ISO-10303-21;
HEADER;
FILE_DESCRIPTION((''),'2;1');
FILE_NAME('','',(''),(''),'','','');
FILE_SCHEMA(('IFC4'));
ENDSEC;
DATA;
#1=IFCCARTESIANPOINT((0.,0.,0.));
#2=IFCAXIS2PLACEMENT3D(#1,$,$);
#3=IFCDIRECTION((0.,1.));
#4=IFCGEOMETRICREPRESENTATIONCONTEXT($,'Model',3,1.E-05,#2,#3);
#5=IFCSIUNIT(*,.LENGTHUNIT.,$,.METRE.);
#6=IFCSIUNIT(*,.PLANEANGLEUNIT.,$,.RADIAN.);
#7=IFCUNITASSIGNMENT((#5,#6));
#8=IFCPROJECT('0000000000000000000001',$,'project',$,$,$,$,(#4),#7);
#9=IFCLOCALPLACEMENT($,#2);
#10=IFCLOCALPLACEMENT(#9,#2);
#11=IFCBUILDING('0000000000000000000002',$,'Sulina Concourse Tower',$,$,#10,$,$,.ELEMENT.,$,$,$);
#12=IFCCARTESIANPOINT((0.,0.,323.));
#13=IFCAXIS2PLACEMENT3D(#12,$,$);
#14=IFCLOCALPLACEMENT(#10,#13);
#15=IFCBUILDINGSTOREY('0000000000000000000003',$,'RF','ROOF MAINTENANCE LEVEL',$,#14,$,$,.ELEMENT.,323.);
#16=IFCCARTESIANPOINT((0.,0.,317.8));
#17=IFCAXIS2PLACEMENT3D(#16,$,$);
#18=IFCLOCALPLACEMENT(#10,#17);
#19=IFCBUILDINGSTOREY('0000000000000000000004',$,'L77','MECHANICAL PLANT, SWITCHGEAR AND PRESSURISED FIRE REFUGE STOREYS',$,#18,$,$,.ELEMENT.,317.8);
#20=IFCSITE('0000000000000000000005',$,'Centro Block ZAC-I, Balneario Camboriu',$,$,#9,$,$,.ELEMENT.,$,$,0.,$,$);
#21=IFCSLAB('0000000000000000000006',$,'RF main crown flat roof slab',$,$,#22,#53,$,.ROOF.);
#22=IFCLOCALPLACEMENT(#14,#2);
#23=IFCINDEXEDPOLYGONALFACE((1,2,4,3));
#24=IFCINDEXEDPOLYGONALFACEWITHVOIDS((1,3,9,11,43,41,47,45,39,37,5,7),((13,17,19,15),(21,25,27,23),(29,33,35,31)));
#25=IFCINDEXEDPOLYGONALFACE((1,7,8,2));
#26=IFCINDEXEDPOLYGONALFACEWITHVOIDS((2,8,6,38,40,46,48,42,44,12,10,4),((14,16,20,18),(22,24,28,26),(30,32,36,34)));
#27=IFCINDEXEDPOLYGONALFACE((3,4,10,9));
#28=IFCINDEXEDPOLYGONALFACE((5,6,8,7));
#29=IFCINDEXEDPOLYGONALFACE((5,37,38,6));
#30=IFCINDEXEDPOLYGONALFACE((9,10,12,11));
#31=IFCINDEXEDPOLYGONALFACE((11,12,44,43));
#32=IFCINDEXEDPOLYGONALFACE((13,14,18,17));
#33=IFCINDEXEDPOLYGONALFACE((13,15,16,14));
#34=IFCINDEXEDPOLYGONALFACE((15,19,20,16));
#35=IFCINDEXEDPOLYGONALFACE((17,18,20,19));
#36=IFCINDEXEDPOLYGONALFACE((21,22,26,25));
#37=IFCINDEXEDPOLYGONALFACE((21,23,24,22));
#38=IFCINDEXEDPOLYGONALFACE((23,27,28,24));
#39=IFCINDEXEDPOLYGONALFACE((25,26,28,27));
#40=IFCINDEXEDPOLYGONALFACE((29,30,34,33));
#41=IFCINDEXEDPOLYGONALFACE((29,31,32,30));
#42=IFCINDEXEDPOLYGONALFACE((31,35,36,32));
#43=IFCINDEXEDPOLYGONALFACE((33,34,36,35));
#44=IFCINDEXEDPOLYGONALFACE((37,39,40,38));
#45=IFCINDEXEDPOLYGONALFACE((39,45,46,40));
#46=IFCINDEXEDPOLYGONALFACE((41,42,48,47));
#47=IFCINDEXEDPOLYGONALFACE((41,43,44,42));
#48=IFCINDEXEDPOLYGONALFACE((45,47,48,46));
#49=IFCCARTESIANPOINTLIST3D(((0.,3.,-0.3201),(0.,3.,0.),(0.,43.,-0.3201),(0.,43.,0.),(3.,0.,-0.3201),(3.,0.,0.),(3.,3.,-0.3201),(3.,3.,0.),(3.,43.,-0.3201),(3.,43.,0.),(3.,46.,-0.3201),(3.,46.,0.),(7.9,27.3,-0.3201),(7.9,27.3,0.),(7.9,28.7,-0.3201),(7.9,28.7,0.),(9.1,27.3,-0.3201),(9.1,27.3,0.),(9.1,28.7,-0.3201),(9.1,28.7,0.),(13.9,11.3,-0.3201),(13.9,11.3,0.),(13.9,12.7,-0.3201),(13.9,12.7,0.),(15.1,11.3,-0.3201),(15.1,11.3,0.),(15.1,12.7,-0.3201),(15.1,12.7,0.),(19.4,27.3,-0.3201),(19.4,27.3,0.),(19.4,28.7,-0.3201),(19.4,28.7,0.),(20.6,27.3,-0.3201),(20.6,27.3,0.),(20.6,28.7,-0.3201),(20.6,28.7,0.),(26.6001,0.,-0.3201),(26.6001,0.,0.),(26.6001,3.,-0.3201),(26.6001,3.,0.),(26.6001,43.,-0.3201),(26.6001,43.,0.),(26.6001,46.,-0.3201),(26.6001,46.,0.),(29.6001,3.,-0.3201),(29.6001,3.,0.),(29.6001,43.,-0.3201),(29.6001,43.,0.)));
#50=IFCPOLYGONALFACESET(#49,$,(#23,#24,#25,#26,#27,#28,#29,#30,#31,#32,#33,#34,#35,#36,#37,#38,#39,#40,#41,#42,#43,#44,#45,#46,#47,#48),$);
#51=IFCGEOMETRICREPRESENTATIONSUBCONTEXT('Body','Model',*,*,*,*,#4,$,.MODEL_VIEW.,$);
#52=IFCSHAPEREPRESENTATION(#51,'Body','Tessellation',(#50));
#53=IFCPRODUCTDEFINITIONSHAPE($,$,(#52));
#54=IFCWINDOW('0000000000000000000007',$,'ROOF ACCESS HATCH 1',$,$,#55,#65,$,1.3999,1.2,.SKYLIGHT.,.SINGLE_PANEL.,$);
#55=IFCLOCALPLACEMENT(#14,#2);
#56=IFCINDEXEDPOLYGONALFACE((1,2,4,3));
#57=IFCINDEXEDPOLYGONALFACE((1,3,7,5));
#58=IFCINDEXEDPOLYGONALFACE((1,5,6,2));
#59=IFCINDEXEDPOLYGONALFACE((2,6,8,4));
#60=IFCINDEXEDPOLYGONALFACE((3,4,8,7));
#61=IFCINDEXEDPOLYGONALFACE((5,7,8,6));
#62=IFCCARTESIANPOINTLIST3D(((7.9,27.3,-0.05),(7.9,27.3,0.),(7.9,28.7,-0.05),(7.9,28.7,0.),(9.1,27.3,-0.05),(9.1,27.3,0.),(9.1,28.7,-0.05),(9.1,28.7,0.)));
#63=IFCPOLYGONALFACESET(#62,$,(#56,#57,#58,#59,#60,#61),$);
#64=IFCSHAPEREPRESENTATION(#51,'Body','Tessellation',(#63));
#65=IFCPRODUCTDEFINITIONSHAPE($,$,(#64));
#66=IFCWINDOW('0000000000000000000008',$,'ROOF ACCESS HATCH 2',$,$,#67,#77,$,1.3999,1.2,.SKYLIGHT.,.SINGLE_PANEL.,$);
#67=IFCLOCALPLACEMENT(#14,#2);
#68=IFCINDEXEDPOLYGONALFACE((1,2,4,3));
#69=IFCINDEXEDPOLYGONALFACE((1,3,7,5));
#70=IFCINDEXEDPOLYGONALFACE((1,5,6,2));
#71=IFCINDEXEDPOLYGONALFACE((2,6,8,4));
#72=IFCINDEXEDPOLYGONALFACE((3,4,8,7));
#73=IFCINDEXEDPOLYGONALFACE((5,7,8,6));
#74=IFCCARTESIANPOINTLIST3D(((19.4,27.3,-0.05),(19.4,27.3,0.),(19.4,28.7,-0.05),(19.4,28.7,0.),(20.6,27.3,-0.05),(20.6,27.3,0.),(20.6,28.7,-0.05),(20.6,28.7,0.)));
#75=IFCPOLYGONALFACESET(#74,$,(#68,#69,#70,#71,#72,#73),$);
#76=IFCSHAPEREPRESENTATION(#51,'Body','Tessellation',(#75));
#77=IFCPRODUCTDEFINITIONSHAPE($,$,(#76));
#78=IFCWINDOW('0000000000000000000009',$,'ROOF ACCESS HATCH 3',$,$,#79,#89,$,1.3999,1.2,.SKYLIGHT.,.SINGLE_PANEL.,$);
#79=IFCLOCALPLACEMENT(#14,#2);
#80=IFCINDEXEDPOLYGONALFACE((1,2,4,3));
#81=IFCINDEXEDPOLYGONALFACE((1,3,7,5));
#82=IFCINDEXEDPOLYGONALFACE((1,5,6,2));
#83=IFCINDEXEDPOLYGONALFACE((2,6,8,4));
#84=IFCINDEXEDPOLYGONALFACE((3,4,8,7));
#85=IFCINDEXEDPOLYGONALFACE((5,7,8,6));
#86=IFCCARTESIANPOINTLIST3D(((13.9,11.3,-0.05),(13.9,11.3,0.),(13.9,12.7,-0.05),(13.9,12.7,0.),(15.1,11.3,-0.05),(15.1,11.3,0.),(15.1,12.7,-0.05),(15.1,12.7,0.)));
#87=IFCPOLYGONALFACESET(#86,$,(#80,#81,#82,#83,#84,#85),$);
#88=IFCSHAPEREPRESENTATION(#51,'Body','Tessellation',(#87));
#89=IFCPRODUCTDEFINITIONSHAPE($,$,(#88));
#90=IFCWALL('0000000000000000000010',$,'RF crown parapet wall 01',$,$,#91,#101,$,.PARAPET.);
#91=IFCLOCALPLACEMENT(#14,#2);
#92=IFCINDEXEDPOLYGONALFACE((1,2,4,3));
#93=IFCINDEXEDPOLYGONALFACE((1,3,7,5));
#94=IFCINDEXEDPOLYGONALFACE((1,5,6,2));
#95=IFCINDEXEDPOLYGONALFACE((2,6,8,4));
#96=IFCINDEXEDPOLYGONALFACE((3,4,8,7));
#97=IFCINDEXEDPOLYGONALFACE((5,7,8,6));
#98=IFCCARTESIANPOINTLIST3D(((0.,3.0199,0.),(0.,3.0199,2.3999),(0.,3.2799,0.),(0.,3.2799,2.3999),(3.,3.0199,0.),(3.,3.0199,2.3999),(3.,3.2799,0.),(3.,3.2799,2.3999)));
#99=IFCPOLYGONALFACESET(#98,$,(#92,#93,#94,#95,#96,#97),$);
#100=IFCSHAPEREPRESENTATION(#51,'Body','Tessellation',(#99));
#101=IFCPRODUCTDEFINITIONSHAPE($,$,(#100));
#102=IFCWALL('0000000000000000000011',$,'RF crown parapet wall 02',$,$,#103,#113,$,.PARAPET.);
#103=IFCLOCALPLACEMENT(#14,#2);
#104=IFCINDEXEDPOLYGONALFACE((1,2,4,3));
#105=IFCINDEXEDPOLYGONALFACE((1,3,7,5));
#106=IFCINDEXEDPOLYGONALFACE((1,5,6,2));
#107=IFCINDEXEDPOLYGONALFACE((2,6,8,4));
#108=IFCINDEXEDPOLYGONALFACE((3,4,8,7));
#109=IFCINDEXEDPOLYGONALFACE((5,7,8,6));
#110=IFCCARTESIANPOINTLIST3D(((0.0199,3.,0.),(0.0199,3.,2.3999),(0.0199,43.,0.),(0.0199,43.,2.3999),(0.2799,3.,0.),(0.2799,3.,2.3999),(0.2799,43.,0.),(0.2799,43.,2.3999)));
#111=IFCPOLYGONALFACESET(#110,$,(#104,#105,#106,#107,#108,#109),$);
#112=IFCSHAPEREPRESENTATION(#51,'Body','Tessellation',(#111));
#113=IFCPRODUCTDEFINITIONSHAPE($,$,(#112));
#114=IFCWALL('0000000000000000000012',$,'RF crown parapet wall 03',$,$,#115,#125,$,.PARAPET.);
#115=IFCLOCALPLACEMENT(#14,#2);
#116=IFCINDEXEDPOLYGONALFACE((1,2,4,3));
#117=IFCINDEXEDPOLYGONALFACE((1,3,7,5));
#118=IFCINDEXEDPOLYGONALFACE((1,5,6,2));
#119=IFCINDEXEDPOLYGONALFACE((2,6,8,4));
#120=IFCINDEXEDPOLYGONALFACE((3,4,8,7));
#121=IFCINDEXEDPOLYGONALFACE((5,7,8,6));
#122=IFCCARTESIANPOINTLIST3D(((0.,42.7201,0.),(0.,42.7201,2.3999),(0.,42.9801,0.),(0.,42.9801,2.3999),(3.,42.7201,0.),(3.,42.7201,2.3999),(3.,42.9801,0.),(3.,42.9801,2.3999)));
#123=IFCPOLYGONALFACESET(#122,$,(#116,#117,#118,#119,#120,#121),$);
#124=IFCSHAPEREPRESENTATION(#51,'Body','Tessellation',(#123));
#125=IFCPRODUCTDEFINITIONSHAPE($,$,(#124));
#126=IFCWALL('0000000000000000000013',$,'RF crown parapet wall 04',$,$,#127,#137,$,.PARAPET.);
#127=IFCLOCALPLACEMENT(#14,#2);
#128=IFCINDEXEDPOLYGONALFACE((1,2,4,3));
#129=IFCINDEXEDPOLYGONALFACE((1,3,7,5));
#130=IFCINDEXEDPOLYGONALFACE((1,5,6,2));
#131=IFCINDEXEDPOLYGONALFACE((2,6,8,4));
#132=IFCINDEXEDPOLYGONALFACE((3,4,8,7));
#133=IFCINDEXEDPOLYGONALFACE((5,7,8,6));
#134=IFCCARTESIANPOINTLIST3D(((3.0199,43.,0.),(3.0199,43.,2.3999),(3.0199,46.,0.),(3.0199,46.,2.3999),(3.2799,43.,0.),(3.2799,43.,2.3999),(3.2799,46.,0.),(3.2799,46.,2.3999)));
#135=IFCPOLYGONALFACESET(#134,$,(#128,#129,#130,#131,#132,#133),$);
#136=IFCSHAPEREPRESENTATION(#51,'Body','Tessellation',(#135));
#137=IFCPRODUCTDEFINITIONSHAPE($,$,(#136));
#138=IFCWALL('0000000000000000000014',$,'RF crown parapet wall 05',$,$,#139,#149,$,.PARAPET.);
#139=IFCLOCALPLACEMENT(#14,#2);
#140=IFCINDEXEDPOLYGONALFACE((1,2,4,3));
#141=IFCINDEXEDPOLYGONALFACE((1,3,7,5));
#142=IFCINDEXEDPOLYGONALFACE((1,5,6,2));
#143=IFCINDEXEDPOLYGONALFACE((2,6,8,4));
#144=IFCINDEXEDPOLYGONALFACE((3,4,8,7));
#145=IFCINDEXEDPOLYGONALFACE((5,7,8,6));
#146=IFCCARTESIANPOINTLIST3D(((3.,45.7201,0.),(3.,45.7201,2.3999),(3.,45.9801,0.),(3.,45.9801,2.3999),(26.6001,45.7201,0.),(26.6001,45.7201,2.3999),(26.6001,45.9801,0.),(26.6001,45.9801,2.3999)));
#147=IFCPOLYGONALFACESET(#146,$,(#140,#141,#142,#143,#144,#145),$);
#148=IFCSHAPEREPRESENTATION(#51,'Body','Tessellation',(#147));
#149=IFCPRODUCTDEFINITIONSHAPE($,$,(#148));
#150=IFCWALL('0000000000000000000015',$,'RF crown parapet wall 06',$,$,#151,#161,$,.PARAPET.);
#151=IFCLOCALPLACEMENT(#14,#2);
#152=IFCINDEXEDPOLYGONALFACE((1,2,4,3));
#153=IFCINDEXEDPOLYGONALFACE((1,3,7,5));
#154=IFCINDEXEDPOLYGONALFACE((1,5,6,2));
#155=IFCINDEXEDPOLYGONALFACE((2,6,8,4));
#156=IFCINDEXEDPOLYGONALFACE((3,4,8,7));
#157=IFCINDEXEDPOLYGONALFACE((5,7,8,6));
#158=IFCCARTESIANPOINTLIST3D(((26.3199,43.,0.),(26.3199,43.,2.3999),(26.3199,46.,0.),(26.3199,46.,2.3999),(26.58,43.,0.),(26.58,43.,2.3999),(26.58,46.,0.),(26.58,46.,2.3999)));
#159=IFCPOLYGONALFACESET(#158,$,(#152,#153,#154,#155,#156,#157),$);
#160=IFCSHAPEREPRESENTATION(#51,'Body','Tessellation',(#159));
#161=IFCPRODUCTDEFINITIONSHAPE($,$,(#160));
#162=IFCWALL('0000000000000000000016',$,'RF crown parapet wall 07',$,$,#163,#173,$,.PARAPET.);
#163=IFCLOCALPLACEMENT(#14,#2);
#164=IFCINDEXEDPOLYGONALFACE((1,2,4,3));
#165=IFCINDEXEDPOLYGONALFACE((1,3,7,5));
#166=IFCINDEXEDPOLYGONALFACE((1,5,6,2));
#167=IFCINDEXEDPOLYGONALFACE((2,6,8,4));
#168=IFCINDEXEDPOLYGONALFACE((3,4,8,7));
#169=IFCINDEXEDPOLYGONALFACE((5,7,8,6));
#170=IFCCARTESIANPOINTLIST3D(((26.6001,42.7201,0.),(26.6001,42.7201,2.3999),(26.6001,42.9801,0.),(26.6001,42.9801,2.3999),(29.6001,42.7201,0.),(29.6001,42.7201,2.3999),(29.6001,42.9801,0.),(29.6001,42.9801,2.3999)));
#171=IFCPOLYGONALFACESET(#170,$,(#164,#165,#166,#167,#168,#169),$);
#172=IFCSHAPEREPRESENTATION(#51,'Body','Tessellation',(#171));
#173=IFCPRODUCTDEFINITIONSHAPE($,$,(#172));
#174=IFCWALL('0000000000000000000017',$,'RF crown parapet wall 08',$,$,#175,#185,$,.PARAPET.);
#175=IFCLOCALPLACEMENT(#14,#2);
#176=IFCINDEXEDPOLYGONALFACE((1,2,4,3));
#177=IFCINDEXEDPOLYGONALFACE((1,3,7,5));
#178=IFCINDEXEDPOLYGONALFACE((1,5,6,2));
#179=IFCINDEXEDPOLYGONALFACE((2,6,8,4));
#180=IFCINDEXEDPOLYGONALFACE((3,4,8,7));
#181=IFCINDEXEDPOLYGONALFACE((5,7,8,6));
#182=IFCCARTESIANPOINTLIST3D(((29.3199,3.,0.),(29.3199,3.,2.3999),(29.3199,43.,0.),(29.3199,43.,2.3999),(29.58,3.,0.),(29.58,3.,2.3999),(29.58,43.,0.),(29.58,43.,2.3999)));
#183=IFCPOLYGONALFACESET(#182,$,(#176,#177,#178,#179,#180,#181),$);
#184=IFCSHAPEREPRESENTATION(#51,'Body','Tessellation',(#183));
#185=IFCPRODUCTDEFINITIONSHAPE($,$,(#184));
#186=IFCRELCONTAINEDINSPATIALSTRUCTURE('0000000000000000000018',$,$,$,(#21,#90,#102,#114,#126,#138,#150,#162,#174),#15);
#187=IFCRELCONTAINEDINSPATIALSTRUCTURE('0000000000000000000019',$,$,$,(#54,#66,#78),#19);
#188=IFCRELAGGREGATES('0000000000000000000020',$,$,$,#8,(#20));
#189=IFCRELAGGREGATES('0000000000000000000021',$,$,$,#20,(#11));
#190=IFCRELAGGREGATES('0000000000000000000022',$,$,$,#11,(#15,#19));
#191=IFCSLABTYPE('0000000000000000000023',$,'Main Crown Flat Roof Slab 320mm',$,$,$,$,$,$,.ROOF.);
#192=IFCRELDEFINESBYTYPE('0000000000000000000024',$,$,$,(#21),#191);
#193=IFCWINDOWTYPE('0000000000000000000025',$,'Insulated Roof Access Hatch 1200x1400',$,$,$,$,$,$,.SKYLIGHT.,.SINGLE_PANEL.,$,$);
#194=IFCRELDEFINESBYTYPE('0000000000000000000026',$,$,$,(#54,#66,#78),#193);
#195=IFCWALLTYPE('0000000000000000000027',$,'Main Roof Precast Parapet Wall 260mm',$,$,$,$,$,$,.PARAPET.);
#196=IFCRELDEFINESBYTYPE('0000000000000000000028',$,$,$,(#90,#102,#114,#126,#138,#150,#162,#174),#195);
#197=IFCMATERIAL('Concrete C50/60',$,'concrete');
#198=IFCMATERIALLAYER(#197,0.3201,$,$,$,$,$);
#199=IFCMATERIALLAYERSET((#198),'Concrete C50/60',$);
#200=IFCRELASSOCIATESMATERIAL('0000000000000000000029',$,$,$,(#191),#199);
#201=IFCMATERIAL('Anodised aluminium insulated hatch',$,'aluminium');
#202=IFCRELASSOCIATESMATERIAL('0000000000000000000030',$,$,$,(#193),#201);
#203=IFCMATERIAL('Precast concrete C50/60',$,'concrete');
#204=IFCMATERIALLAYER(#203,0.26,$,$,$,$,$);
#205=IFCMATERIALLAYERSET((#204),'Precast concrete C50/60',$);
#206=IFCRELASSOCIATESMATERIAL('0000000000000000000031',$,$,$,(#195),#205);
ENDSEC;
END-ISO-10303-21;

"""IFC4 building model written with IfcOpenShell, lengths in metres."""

from ifc_helpers import new_model, si_unit, direction, frame, frame_2d, origin, origin_2d, place, context, subcontext, project, spatial, polyline, rectangle, outline, extrude, material, layer, layer_set, type_object, element, fill, save


model = new_model("IFC4")

# Units and contexts
model_context = context("Model", 3, precision=1e-05, world=origin(), true_north=direction((0.0, 1.0)))
body_context = subcontext(model_context, "Body", "Model", "MODEL_VIEW")
ifc_project = project(units=[si_unit("LENGTHUNIT", "METRE"), si_unit("PLANEANGLEUNIT", "RADIAN")], contexts=[model_context])

# Site, building, storey
site_placement = place(None, origin())
site = spatial("IfcSite", under=ifc_project, at=site_placement, Name="Centro Block ZAC-I, Balneario Camboriu", CompositionType="ELEMENT", RefElevation=0.0)
building_placement = place(site_placement, origin())
building = spatial("IfcBuilding", under=site, at=building_placement, Name="Sulina Concourse Tower", CompositionType="ELEMENT")
storey_1_placement = place(building_placement, frame((0.0, 0.0, 323.0)))
storey_1 = spatial("IfcBuildingStorey", under=building, at=storey_1_placement, Name="RF", Description="ROOF MAINTENANCE LEVEL", CompositionType="ELEMENT", Elevation=323.0)

# Slab, openings
ifc_material_1 = material(Name="Concrete C50/60", Category="concrete")
ifc_layer_1 = layer(ifc_material_1, 0.3201)
ifc_layer_set_1 = layer_set([ifc_layer_1], Name="Concrete C50/60")
slab_type = type_object("IfcSlabType", Name="Main Crown Flat Roof Slab 320mm", PredefinedType="ROOF", material=ifc_layer_set_1)
slab_placement = place(storey_1_placement, frame((0.0, 0.0, -0.3201)))
slab = element("IfcSlab", 1, at=slab_placement, inside=storey_1, type_object=slab_type, Name="RF main crown flat roof slab", PredefinedType="ROOF", context=body_context, shape_type="SweptSolid", body=[
    extrude(outline(polyline([(3.0, 0.0), (26.6001, 0.0), (26.6001, 3.0), (29.6001, 3.0), (29.6001, 43.0), (26.6001, 43.0), (26.6001, 46.0), (3.0, 46.0), (3.0, 43.0), (0.0, 43.0), (0.0, 3.0), (3.0, 3.0), (3.0, 0.0)])), origin(), (0.0, 0.0, 1.0), 0.3201),
])
opening_1_placement = place(slab_placement, frame((8.5, 28.0, 0.0)))
opening_1 = element("IfcOpeningElement", 2, at=opening_1_placement, cuts=slab, PredefinedType="OPENING", context=body_context, shape_type="SweptSolid", body=[
    extrude(rectangle(XDim=1.2, YDim=1.3999, at=origin_2d()), origin(), (0.0, 0.0, 1.0), 0.3201),
])
opening_2_placement = place(slab_placement, frame((20.0, 28.0, 0.0)))
opening_2 = element("IfcOpeningElement", 3, at=opening_2_placement, cuts=slab, PredefinedType="OPENING", context=body_context, shape_type="SweptSolid", body=[
    extrude(rectangle(XDim=1.2, YDim=1.3999, at=origin_2d()), origin(), (0.0, 0.0, 1.0), 0.3201),
])
opening_3_placement = place(slab_placement, frame((14.5, 12.0, 0.0)))
opening_3 = element("IfcOpeningElement", 4, at=opening_3_placement, cuts=slab, PredefinedType="OPENING", context=body_context, shape_type="SweptSolid", body=[
    extrude(rectangle(XDim=1.2, YDim=1.3999, at=origin_2d()), origin(), (0.0, 0.0, 1.0), 0.3201),
])

# Shared definitions
storey_2_placement = place(building_placement, frame((0.0, 0.0, 317.8)))
storey_2 = spatial("IfcBuildingStorey", under=building, at=storey_2_placement, Name="L77", Description="MECHANICAL PLANT, SWITCHGEAR AND PRESSURISED FIRE REFUGE STOREYS", CompositionType="ELEMENT", Elevation=317.8)

# Windows
ifc_material_2 = material(Name="Anodised aluminium insulated hatch", Category="aluminium")
window_type = type_object("IfcWindowType", Name="Insulated Roof Access Hatch 1200x1400", PartitioningType="SINGLE_PANEL", PredefinedType="SKYLIGHT", material=ifc_material_2)
window_1_placement = place(opening_1_placement, frame((0.0, 0.0, 0.27)))
window_1 = element("IfcWindow", 5, at=window_1_placement, inside=storey_2, type_object=window_type, Name="ROOF ACCESS HATCH 1", OverallHeight=1.3999, OverallWidth=1.2, PartitioningType="SINGLE_PANEL", PredefinedType="SKYLIGHT", context=body_context, shape_type="SweptSolid", body=[
    extrude(rectangle(XDim=1.2, YDim=1.3999, at=origin_2d()), origin(), (0.0, 0.0, 1.0), 0.05),
])
fill(opening_1, window_1)
window_2_placement = place(opening_2_placement, frame((0.0, 0.0, 0.27)))
window_2 = element("IfcWindow", 6, at=window_2_placement, inside=storey_2, type_object=window_type, Name="ROOF ACCESS HATCH 2", OverallHeight=1.3999, OverallWidth=1.2, PartitioningType="SINGLE_PANEL", PredefinedType="SKYLIGHT", context=body_context, shape_type="SweptSolid", body=[
    extrude(rectangle(XDim=1.2, YDim=1.3999, at=origin_2d()), origin(), (0.0, 0.0, 1.0), 0.05),
])
fill(opening_2, window_2)
window_3_placement = place(opening_3_placement, frame((0.0, 0.0, 0.27)))
window_3 = element("IfcWindow", 7, at=window_3_placement, inside=storey_2, type_object=window_type, Name="ROOF ACCESS HATCH 3", OverallHeight=1.3999, OverallWidth=1.2, PartitioningType="SINGLE_PANEL", PredefinedType="SKYLIGHT", context=body_context, shape_type="SweptSolid", body=[
    extrude(rectangle(XDim=1.2, YDim=1.3999, at=origin_2d()), origin(), (0.0, 0.0, 1.0), 0.05),
])
fill(opening_3, window_3)

# Walls
ifc_material_3 = material(Name="Precast concrete C50/60", Category="concrete")
ifc_layer_2 = layer(ifc_material_3, 0.26)
ifc_layer_set_2 = layer_set([ifc_layer_2], Name="Precast concrete C50/60")
wall_type = type_object("IfcWallType", Name="Main Roof Precast Parapet Wall 260mm", PredefinedType="PARAPET", material=ifc_layer_set_2)
wall_1_placement = place(storey_1_placement, frame((3.0, 3.1499, 0.0), z_axis=(0.0, 0.0, 1.0), x_axis=(-1.0, 0.0, 0.0)))
element("IfcWall", 8, at=wall_1_placement, inside=storey_1, type_object=wall_type, Name="RF crown parapet wall 01", PredefinedType="PARAPET", context=body_context, shape_type="SweptSolid", body=[
    extrude(rectangle(XDim=3.0, YDim=0.26, at=frame_2d((1.5, 0.0))), origin(), (0.0, 0.0, 1.0), 2.3999),
])
wall_2_placement = place(storey_1_placement, frame((0.1499, 3.0, 0.0), z_axis=(0.0, 0.0, 1.0), x_axis=(0.0, 1.0, 0.0)))
element("IfcWall", 9, at=wall_2_placement, inside=storey_1, type_object=wall_type, Name="RF crown parapet wall 02", PredefinedType="PARAPET", context=body_context, shape_type="SweptSolid", body=[
    extrude(rectangle(XDim=40.0, YDim=0.26, at=frame_2d((20.0, 0.0))), origin(), (0.0, 0.0, 1.0), 2.3999),
])
for number, where, z_axis, x_axis, name in (
    (10, (0.0, 42.8501, 0.0), (0.0, 0.0, 1.0), (1.0, 0.0, 0.0), "RF crown parapet wall 03"),
    (11, (3.1499, 43.0, 0.0), (0.0, 0.0, 1.0), (0.0, 1.0, 0.0), "RF crown parapet wall 04"),
):
    element("IfcWall", number, at=place(storey_1_placement, frame(where, z_axis=z_axis, x_axis=x_axis)), inside=storey_1, type_object=wall_type, Name=name, PredefinedType="PARAPET", context=body_context, shape_type="SweptSolid", body=[
        extrude(rectangle(XDim=3.0, YDim=0.26, at=frame_2d((1.5, 0.0))), origin(), (0.0, 0.0, 1.0), 2.3999),
    ])
wall_3_placement = place(storey_1_placement, frame((3.0, 45.8501, 0.0), z_axis=(0.0, 0.0, 1.0), x_axis=(1.0, 0.0, 0.0)))
element("IfcWall", 12, at=wall_3_placement, inside=storey_1, type_object=wall_type, Name="RF crown parapet wall 05", PredefinedType="PARAPET", context=body_context, shape_type="SweptSolid", body=[
    extrude(rectangle(XDim=23.6001, YDim=0.26, at=frame_2d((11.8, 0.0))), origin(), (0.0, 0.0, 1.0), 2.3999),
])
for number, where, z_axis, x_axis, name in (
    (13, (26.45, 46.0, 0.0), (0.0, 0.0, 1.0), (0.0, -1.0, 0.0), "RF crown parapet wall 06"),
    (14, (26.6001, 42.8501, 0.0), (0.0, 0.0, 1.0), (1.0, 0.0, 0.0), "RF crown parapet wall 07"),
):
    element("IfcWall", number, at=place(storey_1_placement, frame(where, z_axis=z_axis, x_axis=x_axis)), inside=storey_1, type_object=wall_type, Name=name, PredefinedType="PARAPET", context=body_context, shape_type="SweptSolid", body=[
        extrude(rectangle(XDim=3.0, YDim=0.26, at=frame_2d((1.5, 0.0))), origin(), (0.0, 0.0, 1.0), 2.3999),
    ])
wall_4_placement = place(storey_1_placement, frame((29.45, 43.0, 0.0), z_axis=(0.0, 0.0, 1.0), x_axis=(0.0, -1.0, 0.0)))
element("IfcWall", 15, at=wall_4_placement, inside=storey_1, type_object=wall_type, Name="RF crown parapet wall 08", PredefinedType="PARAPET", context=body_context, shape_type="SweptSolid", body=[
    extrude(rectangle(XDim=40.0, YDim=0.26, at=frame_2d((20.0, 0.0))), origin(), (0.0, 0.0, 1.0), 2.3999),
])

save(model, "model.ifc")
